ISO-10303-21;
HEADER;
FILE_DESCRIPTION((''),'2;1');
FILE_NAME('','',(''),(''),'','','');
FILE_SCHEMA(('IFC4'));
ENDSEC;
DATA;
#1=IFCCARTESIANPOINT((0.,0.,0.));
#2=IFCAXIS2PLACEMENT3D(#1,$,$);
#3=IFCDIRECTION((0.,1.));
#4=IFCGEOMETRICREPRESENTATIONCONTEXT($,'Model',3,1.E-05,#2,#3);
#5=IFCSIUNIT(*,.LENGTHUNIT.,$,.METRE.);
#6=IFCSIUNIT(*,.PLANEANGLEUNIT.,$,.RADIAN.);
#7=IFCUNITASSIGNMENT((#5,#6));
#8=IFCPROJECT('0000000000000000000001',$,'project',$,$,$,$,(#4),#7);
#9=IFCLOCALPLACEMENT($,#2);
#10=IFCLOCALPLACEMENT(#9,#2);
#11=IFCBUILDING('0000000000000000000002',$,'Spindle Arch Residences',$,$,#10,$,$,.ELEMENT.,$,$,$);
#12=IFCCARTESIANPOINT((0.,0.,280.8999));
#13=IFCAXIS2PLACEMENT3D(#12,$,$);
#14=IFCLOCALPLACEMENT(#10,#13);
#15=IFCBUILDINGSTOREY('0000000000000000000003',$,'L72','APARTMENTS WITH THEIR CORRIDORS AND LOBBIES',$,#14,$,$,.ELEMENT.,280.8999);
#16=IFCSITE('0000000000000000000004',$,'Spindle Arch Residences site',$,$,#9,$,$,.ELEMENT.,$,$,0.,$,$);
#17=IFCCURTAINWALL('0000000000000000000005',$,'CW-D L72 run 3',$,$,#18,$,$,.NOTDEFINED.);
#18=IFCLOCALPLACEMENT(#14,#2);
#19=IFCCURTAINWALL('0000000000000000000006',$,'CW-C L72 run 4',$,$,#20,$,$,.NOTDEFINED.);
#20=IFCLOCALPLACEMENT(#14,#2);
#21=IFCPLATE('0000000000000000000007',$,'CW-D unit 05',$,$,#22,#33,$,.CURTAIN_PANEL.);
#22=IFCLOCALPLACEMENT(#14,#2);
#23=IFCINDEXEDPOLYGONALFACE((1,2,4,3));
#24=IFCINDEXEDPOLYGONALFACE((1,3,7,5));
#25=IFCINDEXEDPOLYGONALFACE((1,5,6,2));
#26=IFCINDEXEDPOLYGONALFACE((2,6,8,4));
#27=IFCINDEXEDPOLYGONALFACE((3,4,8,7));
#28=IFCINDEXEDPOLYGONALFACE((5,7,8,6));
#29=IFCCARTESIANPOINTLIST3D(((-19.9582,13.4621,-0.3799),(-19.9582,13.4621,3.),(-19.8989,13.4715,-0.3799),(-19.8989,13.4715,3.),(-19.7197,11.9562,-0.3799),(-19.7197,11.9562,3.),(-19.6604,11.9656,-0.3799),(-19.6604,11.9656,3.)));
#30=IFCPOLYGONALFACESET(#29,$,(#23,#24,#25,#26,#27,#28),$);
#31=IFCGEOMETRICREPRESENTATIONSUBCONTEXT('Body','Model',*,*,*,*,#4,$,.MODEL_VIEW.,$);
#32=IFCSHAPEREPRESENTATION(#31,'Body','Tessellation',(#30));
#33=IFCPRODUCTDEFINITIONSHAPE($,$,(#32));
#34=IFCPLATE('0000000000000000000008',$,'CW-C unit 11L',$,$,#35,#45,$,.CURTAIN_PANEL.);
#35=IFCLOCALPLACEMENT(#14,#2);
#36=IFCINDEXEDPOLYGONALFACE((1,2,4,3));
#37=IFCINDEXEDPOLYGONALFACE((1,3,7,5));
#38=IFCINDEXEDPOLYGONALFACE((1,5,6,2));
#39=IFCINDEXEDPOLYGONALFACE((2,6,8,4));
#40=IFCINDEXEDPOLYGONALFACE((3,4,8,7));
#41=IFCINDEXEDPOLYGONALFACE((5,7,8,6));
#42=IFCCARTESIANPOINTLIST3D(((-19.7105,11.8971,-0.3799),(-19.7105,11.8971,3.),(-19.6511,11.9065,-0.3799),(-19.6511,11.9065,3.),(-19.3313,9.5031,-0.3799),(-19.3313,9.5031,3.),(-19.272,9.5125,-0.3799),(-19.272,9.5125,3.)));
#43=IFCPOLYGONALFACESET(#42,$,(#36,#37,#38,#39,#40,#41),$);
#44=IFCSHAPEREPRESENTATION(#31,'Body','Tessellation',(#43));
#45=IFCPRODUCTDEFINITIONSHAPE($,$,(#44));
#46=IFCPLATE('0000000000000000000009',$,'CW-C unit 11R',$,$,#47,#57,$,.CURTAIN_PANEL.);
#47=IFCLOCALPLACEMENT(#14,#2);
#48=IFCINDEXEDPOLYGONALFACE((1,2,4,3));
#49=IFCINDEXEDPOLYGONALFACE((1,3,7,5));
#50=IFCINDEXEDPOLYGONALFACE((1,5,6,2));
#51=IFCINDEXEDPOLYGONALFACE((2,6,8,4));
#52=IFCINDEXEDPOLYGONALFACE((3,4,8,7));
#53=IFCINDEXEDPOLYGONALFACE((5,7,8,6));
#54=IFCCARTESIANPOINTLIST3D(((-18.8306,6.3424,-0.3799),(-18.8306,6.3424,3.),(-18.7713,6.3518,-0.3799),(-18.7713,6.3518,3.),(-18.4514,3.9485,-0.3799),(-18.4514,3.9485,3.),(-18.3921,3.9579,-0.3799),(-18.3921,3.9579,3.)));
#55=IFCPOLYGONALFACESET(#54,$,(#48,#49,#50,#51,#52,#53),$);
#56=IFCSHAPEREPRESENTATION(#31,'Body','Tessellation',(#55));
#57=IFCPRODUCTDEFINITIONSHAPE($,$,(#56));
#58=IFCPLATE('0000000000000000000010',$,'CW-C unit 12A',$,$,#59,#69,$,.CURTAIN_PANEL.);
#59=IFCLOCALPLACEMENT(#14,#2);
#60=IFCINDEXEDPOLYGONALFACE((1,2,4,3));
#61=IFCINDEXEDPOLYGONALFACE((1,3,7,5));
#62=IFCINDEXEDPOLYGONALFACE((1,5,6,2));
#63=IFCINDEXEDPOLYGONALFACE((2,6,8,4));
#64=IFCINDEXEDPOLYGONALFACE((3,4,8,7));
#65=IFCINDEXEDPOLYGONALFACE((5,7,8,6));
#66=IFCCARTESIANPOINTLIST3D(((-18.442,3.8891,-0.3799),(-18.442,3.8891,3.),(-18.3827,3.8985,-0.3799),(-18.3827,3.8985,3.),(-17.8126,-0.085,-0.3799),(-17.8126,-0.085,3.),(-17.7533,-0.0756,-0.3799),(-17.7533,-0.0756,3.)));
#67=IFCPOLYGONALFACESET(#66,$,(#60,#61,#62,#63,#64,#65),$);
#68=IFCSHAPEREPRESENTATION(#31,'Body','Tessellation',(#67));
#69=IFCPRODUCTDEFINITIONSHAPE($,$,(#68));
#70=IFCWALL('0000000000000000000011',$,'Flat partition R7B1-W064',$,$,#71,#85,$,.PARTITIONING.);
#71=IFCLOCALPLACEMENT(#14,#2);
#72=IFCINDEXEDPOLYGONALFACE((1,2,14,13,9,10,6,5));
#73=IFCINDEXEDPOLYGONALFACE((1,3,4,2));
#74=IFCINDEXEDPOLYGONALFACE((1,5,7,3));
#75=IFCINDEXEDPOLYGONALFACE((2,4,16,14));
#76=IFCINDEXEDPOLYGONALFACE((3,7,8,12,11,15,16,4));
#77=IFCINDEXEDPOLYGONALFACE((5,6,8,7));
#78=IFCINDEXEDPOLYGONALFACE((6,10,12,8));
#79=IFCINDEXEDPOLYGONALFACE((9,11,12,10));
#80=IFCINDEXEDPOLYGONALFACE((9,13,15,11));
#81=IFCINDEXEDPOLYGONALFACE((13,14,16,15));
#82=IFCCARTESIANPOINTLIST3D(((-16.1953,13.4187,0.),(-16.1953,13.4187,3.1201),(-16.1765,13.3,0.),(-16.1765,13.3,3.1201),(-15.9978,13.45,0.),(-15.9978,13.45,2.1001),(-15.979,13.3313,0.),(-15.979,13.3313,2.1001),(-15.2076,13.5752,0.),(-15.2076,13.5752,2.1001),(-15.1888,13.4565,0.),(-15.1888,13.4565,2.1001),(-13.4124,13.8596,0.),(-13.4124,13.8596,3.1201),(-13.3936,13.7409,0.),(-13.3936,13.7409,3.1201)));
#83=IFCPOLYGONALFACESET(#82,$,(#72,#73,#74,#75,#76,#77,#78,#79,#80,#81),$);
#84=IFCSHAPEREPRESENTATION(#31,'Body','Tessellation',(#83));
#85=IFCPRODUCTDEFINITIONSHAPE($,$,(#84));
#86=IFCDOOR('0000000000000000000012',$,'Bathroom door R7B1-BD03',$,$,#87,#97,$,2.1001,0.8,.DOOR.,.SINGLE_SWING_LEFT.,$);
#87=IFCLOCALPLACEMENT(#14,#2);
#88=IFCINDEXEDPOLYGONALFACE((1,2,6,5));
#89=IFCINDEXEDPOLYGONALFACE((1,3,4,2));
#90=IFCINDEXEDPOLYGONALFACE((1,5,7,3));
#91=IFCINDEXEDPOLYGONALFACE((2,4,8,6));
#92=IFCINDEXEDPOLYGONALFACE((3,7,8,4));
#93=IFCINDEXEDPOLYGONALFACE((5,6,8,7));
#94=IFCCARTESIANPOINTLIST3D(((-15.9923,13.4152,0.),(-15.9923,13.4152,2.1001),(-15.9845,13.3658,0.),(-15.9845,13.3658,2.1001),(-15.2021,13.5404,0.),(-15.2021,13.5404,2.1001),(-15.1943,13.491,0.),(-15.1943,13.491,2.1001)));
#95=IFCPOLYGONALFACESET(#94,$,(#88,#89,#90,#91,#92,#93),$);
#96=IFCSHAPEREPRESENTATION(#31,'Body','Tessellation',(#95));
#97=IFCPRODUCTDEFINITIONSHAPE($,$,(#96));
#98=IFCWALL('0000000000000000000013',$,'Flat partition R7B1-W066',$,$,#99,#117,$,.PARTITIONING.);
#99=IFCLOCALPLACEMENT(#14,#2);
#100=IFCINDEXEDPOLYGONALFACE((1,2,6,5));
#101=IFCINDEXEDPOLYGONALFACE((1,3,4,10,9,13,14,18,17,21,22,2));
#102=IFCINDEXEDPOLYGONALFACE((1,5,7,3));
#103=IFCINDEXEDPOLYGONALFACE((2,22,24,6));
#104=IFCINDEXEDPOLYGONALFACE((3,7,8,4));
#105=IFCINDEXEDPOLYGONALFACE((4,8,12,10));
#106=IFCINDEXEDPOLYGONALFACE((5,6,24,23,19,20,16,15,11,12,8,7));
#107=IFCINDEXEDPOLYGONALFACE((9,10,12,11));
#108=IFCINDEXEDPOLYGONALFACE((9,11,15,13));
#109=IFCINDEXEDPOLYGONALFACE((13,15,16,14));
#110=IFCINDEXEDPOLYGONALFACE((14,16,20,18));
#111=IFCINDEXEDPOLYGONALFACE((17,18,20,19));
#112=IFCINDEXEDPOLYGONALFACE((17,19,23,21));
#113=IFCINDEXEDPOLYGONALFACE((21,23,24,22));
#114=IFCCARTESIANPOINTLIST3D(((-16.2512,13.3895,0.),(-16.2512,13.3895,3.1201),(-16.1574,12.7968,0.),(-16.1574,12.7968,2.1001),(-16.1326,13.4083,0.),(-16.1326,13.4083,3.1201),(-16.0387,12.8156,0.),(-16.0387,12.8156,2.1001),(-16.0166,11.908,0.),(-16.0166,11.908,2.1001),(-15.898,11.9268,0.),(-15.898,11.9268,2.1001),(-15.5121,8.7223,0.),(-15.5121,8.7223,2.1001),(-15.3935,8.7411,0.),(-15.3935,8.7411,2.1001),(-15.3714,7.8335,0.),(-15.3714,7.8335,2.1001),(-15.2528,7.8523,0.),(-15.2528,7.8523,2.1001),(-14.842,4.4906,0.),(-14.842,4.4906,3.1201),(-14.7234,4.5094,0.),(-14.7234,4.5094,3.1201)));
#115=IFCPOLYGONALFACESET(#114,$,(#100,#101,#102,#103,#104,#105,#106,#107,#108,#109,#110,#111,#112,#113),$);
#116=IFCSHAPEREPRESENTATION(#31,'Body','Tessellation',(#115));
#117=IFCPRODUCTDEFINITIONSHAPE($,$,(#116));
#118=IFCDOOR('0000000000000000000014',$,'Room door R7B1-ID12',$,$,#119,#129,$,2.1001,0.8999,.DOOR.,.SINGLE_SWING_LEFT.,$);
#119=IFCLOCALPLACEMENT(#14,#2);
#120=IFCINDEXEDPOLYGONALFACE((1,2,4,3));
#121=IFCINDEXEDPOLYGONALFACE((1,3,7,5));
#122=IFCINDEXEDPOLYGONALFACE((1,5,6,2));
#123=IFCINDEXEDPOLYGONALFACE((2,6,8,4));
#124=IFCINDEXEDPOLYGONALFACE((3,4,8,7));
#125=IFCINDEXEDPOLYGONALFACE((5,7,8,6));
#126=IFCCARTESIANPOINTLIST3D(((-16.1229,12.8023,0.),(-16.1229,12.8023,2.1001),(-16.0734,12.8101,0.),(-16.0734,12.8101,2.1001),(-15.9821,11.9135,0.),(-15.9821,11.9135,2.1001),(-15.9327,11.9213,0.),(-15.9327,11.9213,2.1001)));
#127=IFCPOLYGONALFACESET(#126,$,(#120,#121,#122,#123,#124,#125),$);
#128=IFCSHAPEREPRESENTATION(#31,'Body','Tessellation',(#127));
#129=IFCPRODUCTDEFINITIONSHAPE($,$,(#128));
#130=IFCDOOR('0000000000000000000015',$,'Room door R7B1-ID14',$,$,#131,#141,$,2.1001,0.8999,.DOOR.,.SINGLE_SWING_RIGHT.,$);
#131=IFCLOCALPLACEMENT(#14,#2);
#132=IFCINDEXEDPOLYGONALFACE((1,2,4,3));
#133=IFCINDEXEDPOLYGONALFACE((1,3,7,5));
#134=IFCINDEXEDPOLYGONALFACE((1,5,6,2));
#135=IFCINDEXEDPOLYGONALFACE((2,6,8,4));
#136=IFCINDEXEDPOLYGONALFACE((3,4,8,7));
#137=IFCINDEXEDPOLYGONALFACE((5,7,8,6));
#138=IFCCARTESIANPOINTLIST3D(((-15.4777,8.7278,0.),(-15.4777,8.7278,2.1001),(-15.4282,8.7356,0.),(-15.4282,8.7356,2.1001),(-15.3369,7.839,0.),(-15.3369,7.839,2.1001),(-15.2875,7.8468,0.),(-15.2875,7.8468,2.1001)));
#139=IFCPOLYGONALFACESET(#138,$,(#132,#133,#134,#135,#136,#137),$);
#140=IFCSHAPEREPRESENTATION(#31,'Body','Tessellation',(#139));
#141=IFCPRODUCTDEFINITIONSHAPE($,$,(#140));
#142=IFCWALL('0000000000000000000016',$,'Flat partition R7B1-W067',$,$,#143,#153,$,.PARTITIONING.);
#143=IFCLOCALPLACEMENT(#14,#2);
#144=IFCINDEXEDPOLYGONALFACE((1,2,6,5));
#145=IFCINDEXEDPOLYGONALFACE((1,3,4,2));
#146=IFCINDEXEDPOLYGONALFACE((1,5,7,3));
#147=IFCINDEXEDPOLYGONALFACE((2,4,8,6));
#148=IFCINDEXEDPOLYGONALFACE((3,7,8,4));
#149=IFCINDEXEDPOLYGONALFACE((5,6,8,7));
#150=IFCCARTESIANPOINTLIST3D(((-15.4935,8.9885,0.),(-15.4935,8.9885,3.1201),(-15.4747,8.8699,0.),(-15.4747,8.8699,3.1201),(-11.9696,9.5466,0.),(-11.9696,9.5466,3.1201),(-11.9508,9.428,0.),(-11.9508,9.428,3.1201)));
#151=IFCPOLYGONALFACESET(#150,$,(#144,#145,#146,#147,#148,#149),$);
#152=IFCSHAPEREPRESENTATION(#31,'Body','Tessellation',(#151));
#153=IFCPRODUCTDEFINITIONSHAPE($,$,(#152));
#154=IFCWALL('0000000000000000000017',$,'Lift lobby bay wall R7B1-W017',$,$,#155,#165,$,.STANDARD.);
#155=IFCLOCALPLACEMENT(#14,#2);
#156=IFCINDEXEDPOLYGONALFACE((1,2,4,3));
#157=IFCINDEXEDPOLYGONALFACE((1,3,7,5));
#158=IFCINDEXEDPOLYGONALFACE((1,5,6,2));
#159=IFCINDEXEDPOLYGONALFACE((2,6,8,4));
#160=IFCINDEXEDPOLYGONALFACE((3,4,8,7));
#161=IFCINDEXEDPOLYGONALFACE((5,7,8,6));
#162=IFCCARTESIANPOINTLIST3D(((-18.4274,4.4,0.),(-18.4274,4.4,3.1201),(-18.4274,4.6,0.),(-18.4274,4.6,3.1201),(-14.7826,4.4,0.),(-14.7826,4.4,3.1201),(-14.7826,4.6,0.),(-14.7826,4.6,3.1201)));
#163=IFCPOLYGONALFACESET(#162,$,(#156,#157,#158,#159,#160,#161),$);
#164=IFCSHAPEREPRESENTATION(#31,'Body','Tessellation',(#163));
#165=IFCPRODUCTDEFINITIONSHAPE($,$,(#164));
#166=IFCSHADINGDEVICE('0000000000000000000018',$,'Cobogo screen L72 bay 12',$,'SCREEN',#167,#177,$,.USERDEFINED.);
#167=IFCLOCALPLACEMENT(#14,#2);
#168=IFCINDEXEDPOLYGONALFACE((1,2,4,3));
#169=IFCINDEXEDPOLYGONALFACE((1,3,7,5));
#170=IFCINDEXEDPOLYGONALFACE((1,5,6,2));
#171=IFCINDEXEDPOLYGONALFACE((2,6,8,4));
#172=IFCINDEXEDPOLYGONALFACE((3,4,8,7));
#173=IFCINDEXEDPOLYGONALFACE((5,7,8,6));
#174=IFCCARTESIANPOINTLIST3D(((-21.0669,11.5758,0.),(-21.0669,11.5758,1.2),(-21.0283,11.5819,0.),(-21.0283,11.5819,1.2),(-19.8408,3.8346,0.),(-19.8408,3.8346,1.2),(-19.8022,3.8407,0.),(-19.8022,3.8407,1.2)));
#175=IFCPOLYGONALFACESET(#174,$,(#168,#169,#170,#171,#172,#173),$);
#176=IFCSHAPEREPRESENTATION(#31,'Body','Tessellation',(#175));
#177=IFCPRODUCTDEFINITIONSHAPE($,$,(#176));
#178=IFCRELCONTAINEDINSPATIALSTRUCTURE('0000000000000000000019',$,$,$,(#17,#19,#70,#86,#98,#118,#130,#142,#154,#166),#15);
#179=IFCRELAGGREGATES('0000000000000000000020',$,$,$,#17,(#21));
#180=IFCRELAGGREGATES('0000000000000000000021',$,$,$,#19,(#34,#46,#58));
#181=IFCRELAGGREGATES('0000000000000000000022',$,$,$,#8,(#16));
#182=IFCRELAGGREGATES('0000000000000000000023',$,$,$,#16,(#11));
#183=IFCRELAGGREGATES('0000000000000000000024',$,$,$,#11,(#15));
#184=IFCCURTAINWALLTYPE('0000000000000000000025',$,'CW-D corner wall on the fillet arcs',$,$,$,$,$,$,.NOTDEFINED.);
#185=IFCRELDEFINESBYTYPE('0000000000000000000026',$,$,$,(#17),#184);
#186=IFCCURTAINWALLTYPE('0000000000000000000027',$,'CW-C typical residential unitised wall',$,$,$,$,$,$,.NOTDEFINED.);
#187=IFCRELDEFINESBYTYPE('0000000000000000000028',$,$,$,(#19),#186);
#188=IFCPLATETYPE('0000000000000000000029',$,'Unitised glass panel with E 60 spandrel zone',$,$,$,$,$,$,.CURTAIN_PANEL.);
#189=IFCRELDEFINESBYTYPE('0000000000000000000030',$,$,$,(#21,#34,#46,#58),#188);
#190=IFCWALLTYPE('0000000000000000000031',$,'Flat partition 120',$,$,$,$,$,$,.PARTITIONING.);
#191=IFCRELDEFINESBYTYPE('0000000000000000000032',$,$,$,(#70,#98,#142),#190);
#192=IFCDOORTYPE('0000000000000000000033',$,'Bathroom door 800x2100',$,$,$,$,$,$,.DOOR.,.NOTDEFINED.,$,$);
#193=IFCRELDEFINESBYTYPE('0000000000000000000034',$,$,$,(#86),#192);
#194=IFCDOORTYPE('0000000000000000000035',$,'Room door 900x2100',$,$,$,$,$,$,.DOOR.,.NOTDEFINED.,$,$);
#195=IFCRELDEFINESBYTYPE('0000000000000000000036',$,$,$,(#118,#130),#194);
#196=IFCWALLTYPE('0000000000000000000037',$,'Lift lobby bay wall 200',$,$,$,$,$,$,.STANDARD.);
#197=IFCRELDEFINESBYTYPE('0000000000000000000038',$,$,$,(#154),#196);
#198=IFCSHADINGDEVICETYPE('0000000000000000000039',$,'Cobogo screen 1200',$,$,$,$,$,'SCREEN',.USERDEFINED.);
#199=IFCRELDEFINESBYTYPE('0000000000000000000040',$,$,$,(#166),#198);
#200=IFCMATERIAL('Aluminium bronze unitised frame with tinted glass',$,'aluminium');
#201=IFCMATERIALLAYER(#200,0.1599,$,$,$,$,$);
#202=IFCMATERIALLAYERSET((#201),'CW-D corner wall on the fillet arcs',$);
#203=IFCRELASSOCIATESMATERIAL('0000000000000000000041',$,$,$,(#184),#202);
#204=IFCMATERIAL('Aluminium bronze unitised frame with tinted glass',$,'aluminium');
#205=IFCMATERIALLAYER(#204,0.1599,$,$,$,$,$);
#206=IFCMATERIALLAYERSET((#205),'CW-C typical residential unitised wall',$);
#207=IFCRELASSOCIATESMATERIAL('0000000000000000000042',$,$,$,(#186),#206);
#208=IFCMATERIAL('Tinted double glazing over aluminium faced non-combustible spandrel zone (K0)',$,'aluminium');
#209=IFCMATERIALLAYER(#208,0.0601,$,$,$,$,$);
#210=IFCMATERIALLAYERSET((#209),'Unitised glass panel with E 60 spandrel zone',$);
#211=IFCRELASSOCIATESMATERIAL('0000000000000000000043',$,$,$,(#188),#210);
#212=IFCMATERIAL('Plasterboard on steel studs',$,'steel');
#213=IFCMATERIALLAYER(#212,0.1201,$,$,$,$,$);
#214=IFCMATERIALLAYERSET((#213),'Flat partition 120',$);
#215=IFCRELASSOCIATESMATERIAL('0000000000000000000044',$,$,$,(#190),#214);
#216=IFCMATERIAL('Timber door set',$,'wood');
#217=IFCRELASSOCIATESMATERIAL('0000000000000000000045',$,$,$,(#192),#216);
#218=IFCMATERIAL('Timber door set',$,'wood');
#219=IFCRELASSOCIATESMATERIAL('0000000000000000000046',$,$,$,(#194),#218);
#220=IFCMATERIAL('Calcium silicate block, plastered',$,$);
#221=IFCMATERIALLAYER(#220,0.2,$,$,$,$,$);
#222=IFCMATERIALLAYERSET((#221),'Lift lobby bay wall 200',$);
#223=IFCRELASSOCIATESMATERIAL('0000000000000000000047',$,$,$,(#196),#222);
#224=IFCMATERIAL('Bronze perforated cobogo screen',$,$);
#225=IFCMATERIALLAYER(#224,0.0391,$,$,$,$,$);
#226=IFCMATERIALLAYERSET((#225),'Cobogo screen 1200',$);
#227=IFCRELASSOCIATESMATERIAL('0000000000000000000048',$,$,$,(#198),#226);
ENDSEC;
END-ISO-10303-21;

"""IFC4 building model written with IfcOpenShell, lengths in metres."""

from ifc_helpers import new_model, si_unit, direction, frame, frame_2d, origin, origin_2d, place, context, subcontext, project, spatial, rectangle, extrude, material, layer, layer_set, type_object, element, fill, aggregate, save


model = new_model("IFC4")

# Units and contexts
model_context = context("Model", 3, precision=1e-05, world=origin(), true_north=direction((0.0, 1.0)))
body_context = subcontext(model_context, "Body", "Model", "MODEL_VIEW")
ifc_project = project(units=[si_unit("LENGTHUNIT", "METRE"), si_unit("PLANEANGLEUNIT", "RADIAN")], contexts=[model_context])

# Site, building, storey
site_placement = place(None, origin())
site = spatial("IfcSite", under=ifc_project, at=site_placement, Name="Spindle Arch Residences site", CompositionType="ELEMENT", RefElevation=0.0)
building_placement = place(site_placement, origin())
building = spatial("IfcBuilding", under=site, at=building_placement, Name="Spindle Arch Residences", CompositionType="ELEMENT")
storey_placement = place(building_placement, frame((0.0, 0.0, 280.8999)))
storey = spatial("IfcBuildingStorey", under=building, at=storey_placement, Name="L72", Description="APARTMENTS WITH THEIR CORRIDORS AND LOBBIES", CompositionType="ELEMENT", Elevation=280.8999)

# Curtain wall
ifc_material_1 = material(Name="Aluminium bronze unitised frame with tinted glass", Category="aluminium")
ifc_layer_1 = layer(ifc_material_1, 0.1599)
ifc_layer_set_1 = layer_set([ifc_layer_1], Name="CW-D corner wall on the fillet arcs")
curtain_wall_type_1 = type_object("IfcCurtainWallType", Name="CW-D corner wall on the fillet arcs", PredefinedType="NOTDEFINED", material=ifc_layer_set_1)
curtain_wall_1_placement = place(storey_placement, origin())
curtain_wall_1 = element("IfcCurtainWall", 1, at=curtain_wall_1_placement, inside=storey, type_object=curtain_wall_type_1, Name="CW-D L72 run 3", PredefinedType="NOTDEFINED")

# Curtain wall
ifc_material_2 = material(Name="Aluminium bronze unitised frame with tinted glass", Category="aluminium")
ifc_layer_2 = layer(ifc_material_2, 0.1599)
ifc_layer_set_2 = layer_set([ifc_layer_2], Name="CW-C typical residential unitised wall")
curtain_wall_type_2 = type_object("IfcCurtainWallType", Name="CW-C typical residential unitised wall", PredefinedType="NOTDEFINED", material=ifc_layer_set_2)
curtain_wall_2_placement = place(storey_placement, origin())
curtain_wall_2 = element("IfcCurtainWall", 2, at=curtain_wall_2_placement, inside=storey, type_object=curtain_wall_type_2, Name="CW-C L72 run 4", PredefinedType="NOTDEFINED")

# Plates
ifc_material_3 = material(Name="Tinted double glazing over aluminium faced non-combustible spandrel zone (K0)", Category="aluminium")
ifc_layer_3 = layer(ifc_material_3, 0.0601)
ifc_layer_set_3 = layer_set([ifc_layer_3], Name="Unitised glass panel with E 60 spandrel zone")
plate_type = type_object("IfcPlateType", Name="Unitised glass panel with E 60 spandrel zone", PredefinedType="CURTAIN_PANEL", material=ifc_layer_set_3)
plate_1_placement = place(storey_placement, frame((-19.8093, 12.7139, -0.3799), z_axis=(0.0, 0.0, 1.0), x_axis=(0.156434, -0.987688, 0.0)))
plate_1 = element("IfcPlate", 3, at=plate_1_placement, type_object=plate_type, Name="CW-D unit 05", PredefinedType="CURTAIN_PANEL", context=body_context, shape_type="SweptSolid", body=[
    extrude(rectangle(XDim=1.5247, YDim=0.0601, at=origin_2d()), origin(), (0.0, 0.0, 1.0), 3.3799),
])
aggregate(curtain_wall_1, [plate_1])
plate_2_placement = place(storey_placement, frame((-19.4912, 10.7048, -0.3799), z_axis=(0.0, 0.0, 1.0), x_axis=(0.156434, -0.987688, 0.0)))
plate_2 = element("IfcPlate", 4, at=plate_2_placement, type_object=plate_type, Name="CW-C unit 11L", PredefinedType="CURTAIN_PANEL", context=body_context, shape_type="SweptSolid", body=[
    extrude(rectangle(XDim=2.4238, YDim=0.0601, at=origin_2d()), origin(), (0.0, 0.0, 1.0), 3.3799),
])
plate_3_placement = place(storey_placement, frame((-18.6113, 5.1501, -0.3799), z_axis=(0.0, 0.0, 1.0), x_axis=(0.156434, -0.987688, 0.0)))
plate_3 = element("IfcPlate", 5, at=plate_3_placement, type_object=plate_type, Name="CW-C unit 11R", PredefinedType="CURTAIN_PANEL", context=body_context, shape_type="SweptSolid", body=[
    extrude(rectangle(XDim=2.4238, YDim=0.0601, at=origin_2d()), origin(), (0.0, 0.0, 1.0), 3.3799),
])
plate_4_placement = place(storey_placement, frame((-18.0977, 1.9067, -0.3799), z_axis=(0.0, 0.0, 1.0), x_axis=(0.156434, -0.987688, 0.0)))
plate_4 = element("IfcPlate", 6, at=plate_4_placement, type_object=plate_type, Name="CW-C unit 12A", PredefinedType="CURTAIN_PANEL", context=body_context, shape_type="SweptSolid", body=[
    extrude(rectangle(XDim=4.0237, YDim=0.0601, at=origin_2d()), origin(), (0.0, 0.0, 1.0), 3.3799),
])
aggregate(curtain_wall_2, [plate_2, plate_3, plate_4])

# Wall, opening, door
ifc_material_4 = material(Name="Plasterboard on steel studs", Category="steel")
ifc_layer_4 = layer(ifc_material_4, 0.1201)
ifc_layer_set_4 = layer_set([ifc_layer_4], Name="Flat partition 120")
wall_type_1 = type_object("IfcWallType", Name="Flat partition 120", PredefinedType="PARTITIONING", material=ifc_layer_set_4)
wall_1_placement = place(storey_placement, frame((-16.1858, 13.3594, 0.0), z_axis=(0.0, 0.0, 1.0), x_axis=(0.987681, 0.156483, 0.0)))
wall_1 = element("IfcWall", 7, at=wall_1_placement, inside=storey, type_object=wall_type_1, Name="Flat partition R7B1-W064", PredefinedType="PARTITIONING", context=body_context, shape_type="SweptSolid", body=[
    extrude(rectangle(XDim=2.8176, YDim=0.1201, at=frame_2d((1.4087, 0.0))), origin(), (0.0, 0.0, 1.0), 3.1201),
])
opening_1_placement = place(wall_1_placement, frame((0.2, 0.0, 0.0)))
opening_1 = element("IfcOpeningElement", 8, at=opening_1_placement, cuts=wall_1, PredefinedType="OPENING", context=body_context, shape_type="SweptSolid", body=[
    extrude(rectangle(XDim=0.8, YDim=2.1001, at=frame_2d((0.3999, 1.05))), frame((0.0, 0.0701, 0.0), z_axis=(0.0, -1.0, 0.0), x_axis=(1.0, 0.0, 0.0)), (0.0, 0.0, 1.0), 0.1401),
])
ifc_material_5 = material(Name="Timber door set", Category="wood")
door_type_1 = type_object("IfcDoorType", Name="Bathroom door 800x2100", OperationType="NOTDEFINED", PredefinedType="DOOR", material=ifc_material_5)
door_1_placement = place(opening_1_placement, origin())
door_1 = element("IfcDoor", 9, at=door_1_placement, inside=storey, type_object=door_type_1, Name="Bathroom door R7B1-BD03", OperationType="SINGLE_SWING_LEFT", OverallHeight=2.1001, OverallWidth=0.8, PredefinedType="DOOR", context=body_context, shape_type="SweptSolid", body=[
    extrude(rectangle(XDim=0.8, YDim=2.1001, at=frame_2d((0.3999, 1.05))), frame((0.0, 0.0249, 0.0), z_axis=(0.0, -1.0, 0.0), x_axis=(1.0, 0.0, 0.0)), (0.0, 0.0, 1.0), 0.05),
])
fill(opening_1, door_1)

# Wall, openings, doors
wall_2_placement = place(storey_placement, frame((-16.1919, 13.3989, 0.0), z_axis=(0.0, 0.0, 1.0), x_axis=(0.156405, -0.987693, 0.0)))
wall_2 = element("IfcWall", 10, at=wall_2_placement, inside=storey, type_object=wall_type_1, Name="Flat partition R7B1-W066", PredefinedType="PARTITIONING", context=body_context, shape_type="SweptSolid", body=[
    extrude(rectangle(XDim=9.0098, YDim=0.1201, at=frame_2d((4.5049, 0.0))), origin(), (0.0, 0.0, 1.0), 3.1201),
])
opening_2_placement = place(wall_2_placement, frame((0.6001, 0.0, 0.0)))
opening_2 = element("IfcOpeningElement", 11, at=opening_2_placement, cuts=wall_2, PredefinedType="OPENING", context=body_context, shape_type="SweptSolid", body=[
    extrude(rectangle(XDim=0.8999, YDim=2.1001, at=frame_2d((0.45, 1.05))), frame((0.0, 0.0701, 0.0), z_axis=(0.0, -1.0, 0.0), x_axis=(1.0, 0.0, 0.0)), (0.0, 0.0, 1.0), 0.1401),
])
opening_3_placement = place(wall_2_placement, frame((4.7253, 0.0, 0.0)))
opening_3 = element("IfcOpeningElement", 12, at=opening_3_placement, cuts=wall_2, PredefinedType="OPENING", context=body_context, shape_type="SweptSolid", body=[
    extrude(rectangle(XDim=0.8999, YDim=2.1001, at=frame_2d((0.45, 1.05))), frame((0.0, 0.0701, 0.0), z_axis=(0.0, -1.0, 0.0), x_axis=(1.0, 0.0, 0.0)), (0.0, 0.0, 1.0), 0.1401),
])
ifc_material_6 = material(Name="Timber door set", Category="wood")
door_type_2 = type_object("IfcDoorType", Name="Room door 900x2100", OperationType="NOTDEFINED", PredefinedType="DOOR", material=ifc_material_6)
door_2_placement = place(opening_2_placement, origin())
door_2 = element("IfcDoor", 13, at=door_2_placement, inside=storey, type_object=door_type_2, Name="Room door R7B1-ID12", OperationType="SINGLE_SWING_LEFT", OverallHeight=2.1001, OverallWidth=0.8999, PredefinedType="DOOR", context=body_context, shape_type="SweptSolid", body=[
    extrude(rectangle(XDim=0.8999, YDim=2.1001, at=frame_2d((0.45, 1.05))), frame((0.0, 0.0249, 0.0), z_axis=(0.0, -1.0, 0.0), x_axis=(1.0, 0.0, 0.0)), (0.0, 0.0, 1.0), 0.05),
])
fill(opening_2, door_2)
door_3_placement = place(opening_3_placement, origin())
door_3 = element("IfcDoor", 14, at=door_3_placement, inside=storey, type_object=door_type_2, Name="Room door R7B1-ID14", OperationType="SINGLE_SWING_RIGHT", OverallHeight=2.1001, OverallWidth=0.8999, PredefinedType="DOOR", context=body_context, shape_type="SweptSolid", body=[
    extrude(rectangle(XDim=0.8999, YDim=2.1001, at=frame_2d((0.45, 1.05))), frame((0.0, 0.0249, 0.0), z_axis=(0.0, -1.0, 0.0), x_axis=(1.0, 0.0, 0.0)), (0.0, 0.0, 1.0), 0.05),
])
fill(opening_3, door_3)

# Wall
wall_3_placement = place(storey_placement, frame((-15.4841, 8.9292, 0.0), z_axis=(0.0, 0.0, 1.0), x_axis=(0.98769, 0.156426, 0.0)))
element("IfcWall", 15, at=wall_3_placement, inside=storey, type_object=wall_type_1, Name="Flat partition R7B1-W067", PredefinedType="PARTITIONING", context=body_context, shape_type="SweptSolid", body=[
    extrude(rectangle(XDim=3.5679, YDim=0.1201, at=frame_2d((1.7839, 0.0))), origin(), (0.0, 0.0, 1.0), 3.1201),
])

# Wall
ifc_material_7 = material(Name="Calcium silicate block, plastered")
ifc_layer_5 = layer(ifc_material_7, 0.2)
ifc_layer_set_5 = layer_set([ifc_layer_5], Name="Lift lobby bay wall 200")
wall_type_2 = type_object("IfcWallType", Name="Lift lobby bay wall 200", PredefinedType="STANDARD", material=ifc_layer_set_5)
wall_4_placement = place(storey_placement, frame((-14.7827, 4.5, 0.0), z_axis=(0.0, 0.0, 1.0), x_axis=(-1.0, 0.0, 0.0)))
element("IfcWall", 16, at=wall_4_placement, inside=storey, type_object=wall_type_2, Name="Lift lobby bay wall R7B1-W017", PredefinedType="STANDARD", context=body_context, shape_type="SweptSolid", body=[
    extrude(rectangle(XDim=3.6448, YDim=0.2, at=frame_2d((1.8223, 0.0))), origin(), (0.0, 0.0, 1.0), 3.1201),
])

# Shading device
ifc_material_8 = material(Name="Bronze perforated cobogo screen")
ifc_layer_6 = layer(ifc_material_8, 0.0391)
ifc_layer_set_6 = layer_set([ifc_layer_6], Name="Cobogo screen 1200")
shading_device_type = type_object("IfcShadingDeviceType", Name="Cobogo screen 1200", ElementType="SCREEN", PredefinedType="USERDEFINED", material=ifc_layer_set_6)
shading_device_placement = place(storey_placement, frame((-20.4346, 7.7083, 0.0), z_axis=(0.0, 0.0, 1.0), x_axis=(0.156434, -0.987688, 0.0)))
element("IfcShadingDevice", 17, at=shading_device_placement, inside=storey, type_object=shading_device_type, Name="Cobogo screen L72 bay 12", ObjectType="SCREEN", PredefinedType="USERDEFINED", context=body_context, shape_type="SweptSolid", body=[
    extrude(rectangle(XDim=7.8376, YDim=0.0391, at=origin_2d()), origin(), (0.0, 0.0, 1.0), 1.2),
])

save(model, "model.ifc")
